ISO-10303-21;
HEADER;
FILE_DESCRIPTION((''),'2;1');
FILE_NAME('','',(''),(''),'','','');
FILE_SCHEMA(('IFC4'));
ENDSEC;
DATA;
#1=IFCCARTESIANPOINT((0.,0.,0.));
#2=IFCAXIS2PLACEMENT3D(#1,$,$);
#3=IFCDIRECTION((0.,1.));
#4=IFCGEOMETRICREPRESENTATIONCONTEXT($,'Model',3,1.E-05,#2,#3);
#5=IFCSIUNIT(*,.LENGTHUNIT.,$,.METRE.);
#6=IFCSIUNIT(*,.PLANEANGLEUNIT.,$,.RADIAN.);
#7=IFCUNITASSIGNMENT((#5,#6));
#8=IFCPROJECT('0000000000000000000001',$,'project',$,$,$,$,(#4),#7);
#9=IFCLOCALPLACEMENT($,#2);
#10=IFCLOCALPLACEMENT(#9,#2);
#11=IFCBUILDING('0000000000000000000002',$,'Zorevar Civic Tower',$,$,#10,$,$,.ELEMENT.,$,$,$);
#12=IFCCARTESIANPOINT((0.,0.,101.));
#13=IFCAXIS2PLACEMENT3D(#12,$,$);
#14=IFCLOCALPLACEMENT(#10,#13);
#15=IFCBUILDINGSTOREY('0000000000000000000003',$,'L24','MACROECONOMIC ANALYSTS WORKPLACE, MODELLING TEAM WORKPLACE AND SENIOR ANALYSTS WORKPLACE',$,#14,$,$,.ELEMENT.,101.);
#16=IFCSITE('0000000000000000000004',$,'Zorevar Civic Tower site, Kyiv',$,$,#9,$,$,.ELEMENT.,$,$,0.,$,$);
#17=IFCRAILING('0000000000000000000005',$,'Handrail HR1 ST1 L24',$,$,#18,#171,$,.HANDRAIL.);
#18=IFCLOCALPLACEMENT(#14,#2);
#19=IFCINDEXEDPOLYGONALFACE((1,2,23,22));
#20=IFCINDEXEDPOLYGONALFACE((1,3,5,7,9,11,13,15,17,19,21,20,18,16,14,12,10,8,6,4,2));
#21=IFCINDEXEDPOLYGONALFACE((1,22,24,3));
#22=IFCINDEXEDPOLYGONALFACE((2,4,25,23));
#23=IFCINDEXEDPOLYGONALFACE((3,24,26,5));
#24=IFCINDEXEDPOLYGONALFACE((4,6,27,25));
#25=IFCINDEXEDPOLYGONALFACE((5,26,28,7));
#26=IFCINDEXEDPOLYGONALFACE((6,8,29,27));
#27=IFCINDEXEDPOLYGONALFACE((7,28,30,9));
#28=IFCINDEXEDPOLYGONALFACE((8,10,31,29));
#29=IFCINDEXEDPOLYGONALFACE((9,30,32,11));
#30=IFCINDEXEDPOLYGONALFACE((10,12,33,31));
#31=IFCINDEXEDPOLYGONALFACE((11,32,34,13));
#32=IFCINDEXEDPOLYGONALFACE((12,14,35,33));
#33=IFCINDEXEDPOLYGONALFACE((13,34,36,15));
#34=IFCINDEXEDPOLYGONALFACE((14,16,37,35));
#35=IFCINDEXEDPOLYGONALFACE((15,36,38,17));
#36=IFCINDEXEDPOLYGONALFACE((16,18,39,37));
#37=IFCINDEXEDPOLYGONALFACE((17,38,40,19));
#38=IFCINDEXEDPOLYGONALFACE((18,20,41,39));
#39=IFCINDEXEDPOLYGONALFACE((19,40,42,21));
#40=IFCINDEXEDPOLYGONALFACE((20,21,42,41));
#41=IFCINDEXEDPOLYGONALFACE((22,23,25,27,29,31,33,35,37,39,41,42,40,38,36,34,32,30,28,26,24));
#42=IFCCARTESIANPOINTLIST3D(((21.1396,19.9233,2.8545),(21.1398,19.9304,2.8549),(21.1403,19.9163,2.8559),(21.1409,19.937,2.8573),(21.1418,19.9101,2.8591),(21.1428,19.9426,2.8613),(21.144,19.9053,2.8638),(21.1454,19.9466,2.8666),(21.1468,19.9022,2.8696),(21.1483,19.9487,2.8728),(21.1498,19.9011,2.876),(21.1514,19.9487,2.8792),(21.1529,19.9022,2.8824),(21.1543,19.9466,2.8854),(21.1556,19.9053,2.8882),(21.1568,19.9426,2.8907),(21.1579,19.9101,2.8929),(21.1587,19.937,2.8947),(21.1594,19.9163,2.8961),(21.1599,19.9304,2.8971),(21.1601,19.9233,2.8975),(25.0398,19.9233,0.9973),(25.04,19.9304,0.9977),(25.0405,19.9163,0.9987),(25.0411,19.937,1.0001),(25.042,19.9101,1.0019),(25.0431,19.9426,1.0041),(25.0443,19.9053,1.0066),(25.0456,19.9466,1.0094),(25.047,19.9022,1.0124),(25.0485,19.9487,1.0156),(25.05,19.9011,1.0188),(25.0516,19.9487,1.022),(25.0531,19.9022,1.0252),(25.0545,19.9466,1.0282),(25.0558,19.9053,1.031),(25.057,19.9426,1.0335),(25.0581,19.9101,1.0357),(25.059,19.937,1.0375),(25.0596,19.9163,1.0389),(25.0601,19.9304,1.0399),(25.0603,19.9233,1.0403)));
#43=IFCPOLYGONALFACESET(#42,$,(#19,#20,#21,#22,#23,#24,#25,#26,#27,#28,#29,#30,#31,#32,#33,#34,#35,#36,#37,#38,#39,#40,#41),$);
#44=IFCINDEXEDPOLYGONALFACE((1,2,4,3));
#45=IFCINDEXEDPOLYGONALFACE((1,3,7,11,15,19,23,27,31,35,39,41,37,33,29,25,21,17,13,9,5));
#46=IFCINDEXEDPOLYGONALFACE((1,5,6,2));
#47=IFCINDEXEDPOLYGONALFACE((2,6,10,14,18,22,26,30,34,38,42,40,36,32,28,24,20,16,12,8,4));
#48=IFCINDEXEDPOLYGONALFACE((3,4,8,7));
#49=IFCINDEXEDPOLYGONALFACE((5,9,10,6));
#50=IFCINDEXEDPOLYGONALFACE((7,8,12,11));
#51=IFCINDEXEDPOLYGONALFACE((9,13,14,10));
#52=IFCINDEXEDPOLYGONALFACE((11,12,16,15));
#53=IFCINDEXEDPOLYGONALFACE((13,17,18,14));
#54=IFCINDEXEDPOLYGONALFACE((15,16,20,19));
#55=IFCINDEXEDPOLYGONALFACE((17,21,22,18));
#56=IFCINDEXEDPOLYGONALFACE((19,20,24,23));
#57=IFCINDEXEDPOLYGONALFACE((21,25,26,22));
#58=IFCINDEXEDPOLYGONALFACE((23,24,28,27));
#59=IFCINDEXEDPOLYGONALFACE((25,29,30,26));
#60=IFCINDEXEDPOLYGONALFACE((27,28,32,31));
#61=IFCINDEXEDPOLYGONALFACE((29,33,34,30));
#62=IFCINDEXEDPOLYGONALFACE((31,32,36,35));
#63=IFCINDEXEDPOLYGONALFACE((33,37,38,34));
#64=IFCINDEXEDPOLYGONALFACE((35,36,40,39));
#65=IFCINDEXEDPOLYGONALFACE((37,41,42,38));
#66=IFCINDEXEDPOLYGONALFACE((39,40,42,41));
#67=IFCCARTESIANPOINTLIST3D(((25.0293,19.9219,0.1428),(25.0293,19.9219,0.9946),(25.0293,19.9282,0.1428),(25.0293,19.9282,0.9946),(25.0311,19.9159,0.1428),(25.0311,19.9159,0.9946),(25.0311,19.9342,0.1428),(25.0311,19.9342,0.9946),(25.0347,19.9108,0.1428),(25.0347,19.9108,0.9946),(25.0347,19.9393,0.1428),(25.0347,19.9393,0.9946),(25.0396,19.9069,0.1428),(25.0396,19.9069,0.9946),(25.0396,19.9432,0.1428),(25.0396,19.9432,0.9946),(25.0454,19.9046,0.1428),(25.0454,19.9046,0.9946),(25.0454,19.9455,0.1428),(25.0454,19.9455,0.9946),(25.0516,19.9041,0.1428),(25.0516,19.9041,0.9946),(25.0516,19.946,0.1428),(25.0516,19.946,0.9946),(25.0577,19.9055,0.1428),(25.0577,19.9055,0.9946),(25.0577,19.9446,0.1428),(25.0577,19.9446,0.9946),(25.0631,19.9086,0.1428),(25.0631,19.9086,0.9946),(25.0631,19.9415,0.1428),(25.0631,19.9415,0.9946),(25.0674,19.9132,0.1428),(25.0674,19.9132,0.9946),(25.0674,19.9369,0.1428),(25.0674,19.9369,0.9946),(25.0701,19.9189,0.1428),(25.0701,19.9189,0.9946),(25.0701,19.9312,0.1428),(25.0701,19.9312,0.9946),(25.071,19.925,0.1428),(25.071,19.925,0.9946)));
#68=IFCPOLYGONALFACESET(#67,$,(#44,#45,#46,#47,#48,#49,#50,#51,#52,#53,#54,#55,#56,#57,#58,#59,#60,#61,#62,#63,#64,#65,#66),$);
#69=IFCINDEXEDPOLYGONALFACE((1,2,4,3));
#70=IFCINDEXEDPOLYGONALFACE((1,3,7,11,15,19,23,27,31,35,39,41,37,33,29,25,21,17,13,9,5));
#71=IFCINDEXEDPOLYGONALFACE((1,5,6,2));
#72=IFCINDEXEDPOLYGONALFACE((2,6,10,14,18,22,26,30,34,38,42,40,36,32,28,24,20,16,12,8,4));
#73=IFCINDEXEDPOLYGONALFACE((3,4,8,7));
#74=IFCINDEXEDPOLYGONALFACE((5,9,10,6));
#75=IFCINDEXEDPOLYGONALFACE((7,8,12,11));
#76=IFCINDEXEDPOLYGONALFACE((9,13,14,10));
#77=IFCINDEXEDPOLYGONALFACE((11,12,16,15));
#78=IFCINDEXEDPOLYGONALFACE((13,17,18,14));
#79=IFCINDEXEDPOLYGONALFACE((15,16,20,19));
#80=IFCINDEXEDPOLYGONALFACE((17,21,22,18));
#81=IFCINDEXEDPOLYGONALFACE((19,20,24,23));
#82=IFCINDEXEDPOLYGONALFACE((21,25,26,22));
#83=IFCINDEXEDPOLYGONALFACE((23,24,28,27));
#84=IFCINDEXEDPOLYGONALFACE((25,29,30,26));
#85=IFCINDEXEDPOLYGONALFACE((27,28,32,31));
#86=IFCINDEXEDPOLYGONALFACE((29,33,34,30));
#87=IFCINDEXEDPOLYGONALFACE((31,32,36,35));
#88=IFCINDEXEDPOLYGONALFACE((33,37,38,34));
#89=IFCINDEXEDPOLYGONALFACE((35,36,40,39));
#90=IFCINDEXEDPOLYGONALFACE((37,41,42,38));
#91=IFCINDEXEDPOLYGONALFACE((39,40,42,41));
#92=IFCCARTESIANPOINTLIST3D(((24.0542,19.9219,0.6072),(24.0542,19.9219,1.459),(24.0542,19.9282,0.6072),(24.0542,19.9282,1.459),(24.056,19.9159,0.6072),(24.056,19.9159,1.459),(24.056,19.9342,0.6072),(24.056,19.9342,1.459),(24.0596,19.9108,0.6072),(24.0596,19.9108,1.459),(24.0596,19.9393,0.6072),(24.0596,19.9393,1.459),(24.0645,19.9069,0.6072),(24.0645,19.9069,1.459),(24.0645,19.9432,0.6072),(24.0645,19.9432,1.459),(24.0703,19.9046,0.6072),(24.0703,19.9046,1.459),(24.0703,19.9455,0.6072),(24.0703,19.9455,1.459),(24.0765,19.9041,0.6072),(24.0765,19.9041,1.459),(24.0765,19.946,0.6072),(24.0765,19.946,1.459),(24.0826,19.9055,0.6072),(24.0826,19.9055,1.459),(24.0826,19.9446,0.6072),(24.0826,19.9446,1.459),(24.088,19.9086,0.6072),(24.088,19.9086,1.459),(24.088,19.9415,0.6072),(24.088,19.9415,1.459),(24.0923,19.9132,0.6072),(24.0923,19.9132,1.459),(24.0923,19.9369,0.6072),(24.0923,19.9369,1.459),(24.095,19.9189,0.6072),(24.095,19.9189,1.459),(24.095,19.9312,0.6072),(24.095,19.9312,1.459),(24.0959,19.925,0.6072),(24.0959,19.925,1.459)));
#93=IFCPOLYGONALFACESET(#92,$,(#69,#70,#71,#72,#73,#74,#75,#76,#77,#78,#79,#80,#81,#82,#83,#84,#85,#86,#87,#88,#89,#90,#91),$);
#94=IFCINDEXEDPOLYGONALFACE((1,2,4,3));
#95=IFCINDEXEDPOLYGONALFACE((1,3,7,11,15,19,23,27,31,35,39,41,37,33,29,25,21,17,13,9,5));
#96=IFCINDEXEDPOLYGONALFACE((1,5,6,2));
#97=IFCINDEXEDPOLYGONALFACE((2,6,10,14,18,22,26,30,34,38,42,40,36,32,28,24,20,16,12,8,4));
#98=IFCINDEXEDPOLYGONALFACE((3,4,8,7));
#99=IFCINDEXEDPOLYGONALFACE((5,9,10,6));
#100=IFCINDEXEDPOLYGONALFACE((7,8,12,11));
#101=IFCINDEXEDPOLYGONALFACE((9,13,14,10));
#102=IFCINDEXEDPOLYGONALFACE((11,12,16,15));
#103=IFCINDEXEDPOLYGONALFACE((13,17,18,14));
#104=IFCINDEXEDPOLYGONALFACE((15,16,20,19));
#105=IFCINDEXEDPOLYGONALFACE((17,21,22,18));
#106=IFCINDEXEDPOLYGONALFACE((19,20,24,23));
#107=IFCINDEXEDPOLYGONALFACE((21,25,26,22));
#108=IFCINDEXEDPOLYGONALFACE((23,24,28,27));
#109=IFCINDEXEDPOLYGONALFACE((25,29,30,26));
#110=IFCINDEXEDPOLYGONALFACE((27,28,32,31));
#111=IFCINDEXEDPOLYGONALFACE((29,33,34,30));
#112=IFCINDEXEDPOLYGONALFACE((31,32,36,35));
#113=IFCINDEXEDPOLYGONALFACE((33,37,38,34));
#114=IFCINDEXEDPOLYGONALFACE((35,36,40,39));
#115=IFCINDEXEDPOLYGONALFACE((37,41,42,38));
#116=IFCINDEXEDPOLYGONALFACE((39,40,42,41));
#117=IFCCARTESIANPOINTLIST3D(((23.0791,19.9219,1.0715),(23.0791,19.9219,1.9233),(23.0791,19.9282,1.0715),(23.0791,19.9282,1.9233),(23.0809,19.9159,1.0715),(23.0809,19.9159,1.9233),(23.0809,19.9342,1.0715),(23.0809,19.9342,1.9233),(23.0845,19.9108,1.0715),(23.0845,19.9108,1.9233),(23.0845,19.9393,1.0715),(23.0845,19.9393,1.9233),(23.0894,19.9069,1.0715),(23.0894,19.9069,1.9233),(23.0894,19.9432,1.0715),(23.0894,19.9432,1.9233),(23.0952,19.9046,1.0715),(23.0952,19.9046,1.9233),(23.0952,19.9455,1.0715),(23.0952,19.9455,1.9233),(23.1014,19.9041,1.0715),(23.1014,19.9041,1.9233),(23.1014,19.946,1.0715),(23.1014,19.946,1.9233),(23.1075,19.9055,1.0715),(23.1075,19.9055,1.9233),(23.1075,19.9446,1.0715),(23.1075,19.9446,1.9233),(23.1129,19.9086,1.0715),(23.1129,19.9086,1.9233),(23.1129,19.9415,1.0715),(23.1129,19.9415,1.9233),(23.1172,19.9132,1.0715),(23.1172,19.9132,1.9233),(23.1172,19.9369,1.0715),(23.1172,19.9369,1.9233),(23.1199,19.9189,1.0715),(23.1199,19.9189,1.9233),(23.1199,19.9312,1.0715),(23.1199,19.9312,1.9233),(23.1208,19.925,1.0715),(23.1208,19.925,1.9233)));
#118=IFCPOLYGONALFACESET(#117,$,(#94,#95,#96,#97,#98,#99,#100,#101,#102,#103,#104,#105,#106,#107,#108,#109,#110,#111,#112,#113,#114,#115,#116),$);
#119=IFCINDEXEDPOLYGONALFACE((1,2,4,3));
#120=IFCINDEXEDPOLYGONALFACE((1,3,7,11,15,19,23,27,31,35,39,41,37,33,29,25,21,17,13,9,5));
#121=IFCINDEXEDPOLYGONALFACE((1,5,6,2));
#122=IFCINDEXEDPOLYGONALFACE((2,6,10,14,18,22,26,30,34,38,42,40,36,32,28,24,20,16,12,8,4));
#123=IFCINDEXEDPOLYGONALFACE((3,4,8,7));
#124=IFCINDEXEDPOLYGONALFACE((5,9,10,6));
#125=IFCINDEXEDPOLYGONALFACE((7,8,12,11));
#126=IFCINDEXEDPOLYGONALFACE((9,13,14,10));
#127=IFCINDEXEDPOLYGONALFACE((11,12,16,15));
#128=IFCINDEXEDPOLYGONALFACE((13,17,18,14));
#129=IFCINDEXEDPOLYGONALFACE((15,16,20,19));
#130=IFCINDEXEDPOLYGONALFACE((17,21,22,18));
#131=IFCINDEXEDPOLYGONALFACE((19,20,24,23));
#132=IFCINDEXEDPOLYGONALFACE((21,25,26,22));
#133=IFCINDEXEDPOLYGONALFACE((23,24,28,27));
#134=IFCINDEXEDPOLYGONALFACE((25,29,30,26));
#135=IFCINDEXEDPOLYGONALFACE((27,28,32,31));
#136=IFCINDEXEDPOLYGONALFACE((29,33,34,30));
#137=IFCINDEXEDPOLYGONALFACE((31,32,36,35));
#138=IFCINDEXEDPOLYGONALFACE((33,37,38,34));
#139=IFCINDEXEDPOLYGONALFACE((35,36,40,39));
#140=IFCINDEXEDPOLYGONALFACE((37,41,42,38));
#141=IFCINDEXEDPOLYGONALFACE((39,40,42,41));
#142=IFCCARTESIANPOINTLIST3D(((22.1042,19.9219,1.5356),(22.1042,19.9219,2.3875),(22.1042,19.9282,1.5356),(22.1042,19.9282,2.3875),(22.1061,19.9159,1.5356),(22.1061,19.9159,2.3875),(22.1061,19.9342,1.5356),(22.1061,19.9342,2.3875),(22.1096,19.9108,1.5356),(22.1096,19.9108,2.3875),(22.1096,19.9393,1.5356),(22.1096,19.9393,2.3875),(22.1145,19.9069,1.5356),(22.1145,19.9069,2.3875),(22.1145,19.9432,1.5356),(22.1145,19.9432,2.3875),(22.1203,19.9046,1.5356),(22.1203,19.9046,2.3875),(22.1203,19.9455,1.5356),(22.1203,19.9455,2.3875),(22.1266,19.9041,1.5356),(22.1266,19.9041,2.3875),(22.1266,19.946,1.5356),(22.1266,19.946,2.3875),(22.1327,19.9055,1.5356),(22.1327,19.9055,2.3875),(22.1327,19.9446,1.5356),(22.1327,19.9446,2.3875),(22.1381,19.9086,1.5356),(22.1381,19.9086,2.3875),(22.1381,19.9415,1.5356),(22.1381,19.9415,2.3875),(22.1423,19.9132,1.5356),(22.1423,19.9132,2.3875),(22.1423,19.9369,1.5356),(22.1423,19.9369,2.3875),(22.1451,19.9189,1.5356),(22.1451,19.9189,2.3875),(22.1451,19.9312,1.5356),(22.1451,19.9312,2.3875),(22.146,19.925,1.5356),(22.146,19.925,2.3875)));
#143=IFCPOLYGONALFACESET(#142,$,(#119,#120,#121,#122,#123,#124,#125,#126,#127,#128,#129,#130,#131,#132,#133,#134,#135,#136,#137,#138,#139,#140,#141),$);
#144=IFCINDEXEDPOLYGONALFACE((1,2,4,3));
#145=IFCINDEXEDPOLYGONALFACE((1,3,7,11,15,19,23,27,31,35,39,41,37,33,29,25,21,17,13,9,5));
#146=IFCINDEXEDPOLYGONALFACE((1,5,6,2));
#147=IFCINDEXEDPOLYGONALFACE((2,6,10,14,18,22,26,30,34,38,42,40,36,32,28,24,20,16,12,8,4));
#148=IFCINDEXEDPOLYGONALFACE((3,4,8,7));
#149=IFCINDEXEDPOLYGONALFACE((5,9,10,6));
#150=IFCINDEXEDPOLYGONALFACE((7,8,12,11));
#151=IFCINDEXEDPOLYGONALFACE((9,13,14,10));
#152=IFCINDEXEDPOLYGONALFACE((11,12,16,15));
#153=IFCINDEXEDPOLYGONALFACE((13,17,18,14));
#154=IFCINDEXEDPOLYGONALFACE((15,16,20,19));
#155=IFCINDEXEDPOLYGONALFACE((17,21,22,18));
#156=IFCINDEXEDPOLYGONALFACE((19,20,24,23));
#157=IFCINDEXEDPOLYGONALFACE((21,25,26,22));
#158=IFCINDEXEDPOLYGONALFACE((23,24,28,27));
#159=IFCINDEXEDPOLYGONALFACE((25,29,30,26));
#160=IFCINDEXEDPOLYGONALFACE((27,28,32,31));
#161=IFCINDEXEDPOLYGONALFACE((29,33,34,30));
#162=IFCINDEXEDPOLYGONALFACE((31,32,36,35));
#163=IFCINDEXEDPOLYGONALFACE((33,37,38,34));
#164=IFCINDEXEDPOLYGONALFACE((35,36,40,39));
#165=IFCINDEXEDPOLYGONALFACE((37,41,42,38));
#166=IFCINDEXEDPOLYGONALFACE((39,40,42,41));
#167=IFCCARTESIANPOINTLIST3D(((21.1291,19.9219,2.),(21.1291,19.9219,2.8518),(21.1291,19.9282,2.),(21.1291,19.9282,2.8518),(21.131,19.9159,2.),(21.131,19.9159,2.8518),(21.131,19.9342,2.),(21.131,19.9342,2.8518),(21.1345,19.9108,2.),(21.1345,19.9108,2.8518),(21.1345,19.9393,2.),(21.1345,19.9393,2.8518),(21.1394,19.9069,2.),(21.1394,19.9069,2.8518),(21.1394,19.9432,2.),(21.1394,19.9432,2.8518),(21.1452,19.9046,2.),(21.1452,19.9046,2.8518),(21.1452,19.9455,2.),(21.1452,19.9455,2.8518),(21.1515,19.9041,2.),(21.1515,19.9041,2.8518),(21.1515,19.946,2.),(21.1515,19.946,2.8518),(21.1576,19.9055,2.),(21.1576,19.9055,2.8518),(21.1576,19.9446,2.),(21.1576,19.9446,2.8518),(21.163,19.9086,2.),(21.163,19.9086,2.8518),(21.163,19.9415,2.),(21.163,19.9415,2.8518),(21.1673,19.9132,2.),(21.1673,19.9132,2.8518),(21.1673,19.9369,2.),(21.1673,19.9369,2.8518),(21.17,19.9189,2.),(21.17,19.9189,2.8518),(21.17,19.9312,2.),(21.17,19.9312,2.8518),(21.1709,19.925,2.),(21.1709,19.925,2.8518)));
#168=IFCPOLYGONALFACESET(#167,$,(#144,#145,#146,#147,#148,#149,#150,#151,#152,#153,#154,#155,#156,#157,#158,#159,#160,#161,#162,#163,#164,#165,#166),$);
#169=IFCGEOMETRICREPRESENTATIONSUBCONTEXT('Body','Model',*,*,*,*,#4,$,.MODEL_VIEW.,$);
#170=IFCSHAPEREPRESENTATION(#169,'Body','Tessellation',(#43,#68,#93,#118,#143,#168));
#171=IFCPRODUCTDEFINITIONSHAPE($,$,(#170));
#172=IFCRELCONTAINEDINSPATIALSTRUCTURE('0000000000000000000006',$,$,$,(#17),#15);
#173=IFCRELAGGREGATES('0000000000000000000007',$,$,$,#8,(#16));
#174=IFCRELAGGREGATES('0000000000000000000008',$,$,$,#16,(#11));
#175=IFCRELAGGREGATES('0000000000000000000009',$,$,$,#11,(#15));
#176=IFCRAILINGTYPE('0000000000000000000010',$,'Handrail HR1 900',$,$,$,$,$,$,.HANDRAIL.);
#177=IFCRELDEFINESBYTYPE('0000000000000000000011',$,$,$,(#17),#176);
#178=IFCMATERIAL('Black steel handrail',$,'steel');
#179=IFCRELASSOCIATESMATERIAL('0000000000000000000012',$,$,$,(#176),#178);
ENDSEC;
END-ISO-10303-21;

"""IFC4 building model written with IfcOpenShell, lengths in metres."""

from ifc_helpers import new_model, si_unit, direction, frame, origin, origin_2d, place, context, subcontext, project, spatial, circle, extrude, material, type_object, element, save


model = new_model("IFC4")

# Units and contexts
model_context = context("Model", 3, precision=1e-05, world=origin(), true_north=direction((0.0, 1.0)))
body_context = subcontext(model_context, "Body", "Model", "MODEL_VIEW")
ifc_project = project(units=[si_unit("LENGTHUNIT", "METRE"), si_unit("PLANEANGLEUNIT", "RADIAN")], contexts=[model_context])

# Site, building, storey
site_placement = place(None, origin())
site = spatial("IfcSite", under=ifc_project, at=site_placement, Name="Zorevar Civic Tower site, Kyiv", CompositionType="ELEMENT", RefElevation=0.0)
building_placement = place(site_placement, origin())
building = spatial("IfcBuilding", under=site, at=building_placement, Name="Zorevar Civic Tower", CompositionType="ELEMENT")
storey_placement = place(building_placement, frame((0.0, 0.0, 101.0)))
storey = spatial("IfcBuildingStorey", under=building, at=storey_placement, Name="L24", Description="MACROECONOMIC ANALYSTS WORKPLACE, MODELLING TEAM WORKPLACE AND SENIOR ANALYSTS WORKPLACE", CompositionType="ELEMENT", Elevation=101.0)

# Railing
ifc_material_1 = material(Name="Black steel handrail", Category="steel")
railing_type = type_object("IfcRailingType", Name="Handrail HR1 900", PredefinedType="HANDRAIL", material=ifc_material_1)
railing_1_placement = place(storey_placement, frame((25.05, 19.925, 0.1428)))
element("IfcRailing", 1, at=railing_1_placement, inside=storey, type_object=railing_type, Name="Handrail HR1 ST1 L24", PredefinedType="HANDRAIL", context=body_context, shape_type="SweptSolid", body=[
    extrude(circle(Radius=0.0239, at=origin_2d()), frame((0.0, 0.0, 0.876), z_axis=(-0.902864, 0.0, 0.429927), x_axis=(0.0, -1.0, 0.0)), (0.0, 0.0, 1.0), 4.3198),
    extrude(circle(Radius=0.021, at=origin_2d()), origin(), (0.0, 0.0, 1.0), 0.8518),
    extrude(circle(Radius=0.021, at=origin_2d()), frame((-0.9751, 0.0, 0.4644)), (0.0, 0.0, 1.0), 0.8518),
    extrude(circle(Radius=0.021, at=origin_2d()), frame((-1.9502, 0.0, 0.9287)), (0.0, 0.0, 1.0), 0.8518),
    extrude(circle(Radius=0.021, at=origin_2d()), frame((-2.925, 0.0, 1.3928)), (0.0, 0.0, 1.0), 0.8518),
    extrude(circle(Radius=0.021, at=origin_2d()), frame((-3.9001, 0.0, 1.8572)), (0.0, 0.0, 1.0), 0.8518),
])

save(model, "model.ifc")
